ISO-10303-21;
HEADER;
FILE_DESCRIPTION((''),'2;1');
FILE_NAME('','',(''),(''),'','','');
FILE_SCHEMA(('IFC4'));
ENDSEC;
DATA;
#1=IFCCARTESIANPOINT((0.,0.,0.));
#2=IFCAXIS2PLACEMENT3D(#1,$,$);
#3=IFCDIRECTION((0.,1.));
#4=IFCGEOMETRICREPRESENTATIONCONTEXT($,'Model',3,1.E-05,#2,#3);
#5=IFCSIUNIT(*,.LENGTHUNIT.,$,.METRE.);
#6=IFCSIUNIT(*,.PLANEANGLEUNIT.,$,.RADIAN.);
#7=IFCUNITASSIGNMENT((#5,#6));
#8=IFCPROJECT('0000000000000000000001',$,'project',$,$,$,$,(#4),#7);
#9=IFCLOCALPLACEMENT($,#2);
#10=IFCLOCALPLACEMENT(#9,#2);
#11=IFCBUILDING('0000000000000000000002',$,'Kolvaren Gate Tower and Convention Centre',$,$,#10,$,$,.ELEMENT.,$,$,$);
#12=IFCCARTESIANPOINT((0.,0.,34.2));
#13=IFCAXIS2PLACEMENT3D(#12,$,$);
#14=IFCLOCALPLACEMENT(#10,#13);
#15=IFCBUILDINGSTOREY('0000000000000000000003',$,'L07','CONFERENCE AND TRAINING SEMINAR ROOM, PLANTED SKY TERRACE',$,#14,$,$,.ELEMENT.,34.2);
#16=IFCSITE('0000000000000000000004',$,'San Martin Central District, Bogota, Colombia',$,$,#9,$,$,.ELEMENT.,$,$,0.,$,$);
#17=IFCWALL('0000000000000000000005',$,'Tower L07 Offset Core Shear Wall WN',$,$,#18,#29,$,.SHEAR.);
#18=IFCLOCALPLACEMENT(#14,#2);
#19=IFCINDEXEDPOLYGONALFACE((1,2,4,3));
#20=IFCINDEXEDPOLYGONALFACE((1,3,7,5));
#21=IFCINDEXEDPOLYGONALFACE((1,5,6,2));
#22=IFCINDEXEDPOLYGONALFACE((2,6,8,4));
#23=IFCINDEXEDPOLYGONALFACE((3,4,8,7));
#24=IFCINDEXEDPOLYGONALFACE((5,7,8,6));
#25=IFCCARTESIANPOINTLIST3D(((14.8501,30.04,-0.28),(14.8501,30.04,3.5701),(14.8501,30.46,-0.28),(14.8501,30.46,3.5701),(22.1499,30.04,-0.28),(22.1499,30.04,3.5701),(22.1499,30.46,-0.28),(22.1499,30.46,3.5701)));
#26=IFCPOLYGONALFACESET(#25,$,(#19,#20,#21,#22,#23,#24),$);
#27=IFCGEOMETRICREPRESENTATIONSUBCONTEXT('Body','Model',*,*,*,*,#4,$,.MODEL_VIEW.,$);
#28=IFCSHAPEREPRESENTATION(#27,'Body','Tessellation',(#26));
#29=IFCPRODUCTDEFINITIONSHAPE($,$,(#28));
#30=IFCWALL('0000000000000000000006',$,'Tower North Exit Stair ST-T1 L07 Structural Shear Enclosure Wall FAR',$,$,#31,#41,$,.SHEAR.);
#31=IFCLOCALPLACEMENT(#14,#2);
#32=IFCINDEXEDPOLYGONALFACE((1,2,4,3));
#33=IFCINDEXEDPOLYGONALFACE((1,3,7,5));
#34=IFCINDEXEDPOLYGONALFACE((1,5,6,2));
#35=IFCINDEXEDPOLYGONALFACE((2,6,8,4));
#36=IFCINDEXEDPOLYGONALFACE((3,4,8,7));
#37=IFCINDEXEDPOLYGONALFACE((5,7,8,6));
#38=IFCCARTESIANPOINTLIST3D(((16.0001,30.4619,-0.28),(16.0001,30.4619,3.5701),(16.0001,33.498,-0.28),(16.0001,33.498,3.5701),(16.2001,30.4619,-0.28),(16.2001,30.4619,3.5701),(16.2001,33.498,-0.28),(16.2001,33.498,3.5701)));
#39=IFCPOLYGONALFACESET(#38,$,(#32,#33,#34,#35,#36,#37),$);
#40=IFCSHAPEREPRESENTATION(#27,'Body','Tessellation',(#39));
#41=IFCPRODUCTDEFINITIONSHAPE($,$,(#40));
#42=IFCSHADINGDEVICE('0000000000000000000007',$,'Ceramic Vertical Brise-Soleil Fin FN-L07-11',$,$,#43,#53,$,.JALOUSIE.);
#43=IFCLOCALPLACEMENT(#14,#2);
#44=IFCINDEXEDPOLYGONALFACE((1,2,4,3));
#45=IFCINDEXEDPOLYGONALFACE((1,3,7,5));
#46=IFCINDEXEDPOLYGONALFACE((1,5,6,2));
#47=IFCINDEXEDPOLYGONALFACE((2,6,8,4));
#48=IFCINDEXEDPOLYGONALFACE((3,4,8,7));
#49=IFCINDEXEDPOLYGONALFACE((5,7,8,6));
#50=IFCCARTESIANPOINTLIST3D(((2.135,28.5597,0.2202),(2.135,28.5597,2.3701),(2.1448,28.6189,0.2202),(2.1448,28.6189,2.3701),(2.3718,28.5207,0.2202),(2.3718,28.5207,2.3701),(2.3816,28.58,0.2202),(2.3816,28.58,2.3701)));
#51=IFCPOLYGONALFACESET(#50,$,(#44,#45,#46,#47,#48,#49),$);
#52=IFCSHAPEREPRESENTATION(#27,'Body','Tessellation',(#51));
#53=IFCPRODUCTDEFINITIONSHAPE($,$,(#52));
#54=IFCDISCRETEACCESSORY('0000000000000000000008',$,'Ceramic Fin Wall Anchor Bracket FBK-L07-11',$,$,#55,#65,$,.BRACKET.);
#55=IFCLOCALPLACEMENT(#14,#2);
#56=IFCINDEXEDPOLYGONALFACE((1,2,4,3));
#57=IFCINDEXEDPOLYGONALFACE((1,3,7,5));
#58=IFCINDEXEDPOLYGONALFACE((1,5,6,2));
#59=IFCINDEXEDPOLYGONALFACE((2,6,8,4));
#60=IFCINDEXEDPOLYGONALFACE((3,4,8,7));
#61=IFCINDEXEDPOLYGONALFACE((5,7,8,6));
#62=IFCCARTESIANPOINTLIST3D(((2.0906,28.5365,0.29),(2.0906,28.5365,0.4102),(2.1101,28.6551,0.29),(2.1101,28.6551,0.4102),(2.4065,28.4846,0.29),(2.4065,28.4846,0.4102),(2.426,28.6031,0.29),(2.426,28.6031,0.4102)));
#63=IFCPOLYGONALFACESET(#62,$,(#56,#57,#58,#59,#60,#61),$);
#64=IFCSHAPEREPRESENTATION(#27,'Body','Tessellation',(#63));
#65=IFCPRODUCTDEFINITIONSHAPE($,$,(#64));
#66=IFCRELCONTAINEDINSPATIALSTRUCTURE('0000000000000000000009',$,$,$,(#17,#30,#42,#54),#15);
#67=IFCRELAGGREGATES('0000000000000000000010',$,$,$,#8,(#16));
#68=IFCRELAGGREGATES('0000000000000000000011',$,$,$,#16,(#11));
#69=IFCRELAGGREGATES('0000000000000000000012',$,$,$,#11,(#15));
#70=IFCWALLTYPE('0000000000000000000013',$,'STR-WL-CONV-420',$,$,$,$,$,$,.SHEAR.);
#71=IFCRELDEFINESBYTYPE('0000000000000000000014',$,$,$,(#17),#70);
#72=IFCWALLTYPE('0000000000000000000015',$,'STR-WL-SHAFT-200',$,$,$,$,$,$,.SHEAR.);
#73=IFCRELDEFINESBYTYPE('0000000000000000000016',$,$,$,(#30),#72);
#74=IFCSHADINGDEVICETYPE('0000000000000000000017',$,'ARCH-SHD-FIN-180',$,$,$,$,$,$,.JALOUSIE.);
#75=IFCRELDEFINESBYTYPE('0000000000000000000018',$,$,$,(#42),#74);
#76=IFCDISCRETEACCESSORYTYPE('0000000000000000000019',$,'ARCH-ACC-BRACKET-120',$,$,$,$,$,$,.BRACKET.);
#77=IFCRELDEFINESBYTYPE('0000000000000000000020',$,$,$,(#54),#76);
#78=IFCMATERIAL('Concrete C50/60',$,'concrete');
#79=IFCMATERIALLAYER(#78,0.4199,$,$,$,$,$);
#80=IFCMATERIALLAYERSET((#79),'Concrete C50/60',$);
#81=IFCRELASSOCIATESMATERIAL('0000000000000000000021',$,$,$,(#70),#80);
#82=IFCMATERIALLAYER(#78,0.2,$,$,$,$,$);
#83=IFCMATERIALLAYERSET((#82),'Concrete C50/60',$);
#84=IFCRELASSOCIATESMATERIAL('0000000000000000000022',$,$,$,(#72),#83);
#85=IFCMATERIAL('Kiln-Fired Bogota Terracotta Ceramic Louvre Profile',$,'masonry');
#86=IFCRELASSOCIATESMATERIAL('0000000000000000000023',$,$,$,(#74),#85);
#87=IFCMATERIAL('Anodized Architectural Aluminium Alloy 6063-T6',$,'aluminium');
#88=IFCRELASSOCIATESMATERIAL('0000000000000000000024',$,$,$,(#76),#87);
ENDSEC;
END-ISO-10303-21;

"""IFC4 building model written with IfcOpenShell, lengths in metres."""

from ifc_helpers import new_model, si_unit, direction, frame, frame_2d, origin, origin_2d, place, context, subcontext, project, spatial, rectangle, extrude, material, layer, layer_set, type_object, element, save


model = new_model("IFC4")

# Units and contexts
model_context = context("Model", 3, precision=1e-05, world=origin(), true_north=direction((0.0, 1.0)))
body_context = subcontext(model_context, "Body", "Model", "MODEL_VIEW")
ifc_project = project(units=[si_unit("LENGTHUNIT", "METRE"), si_unit("PLANEANGLEUNIT", "RADIAN")], contexts=[model_context])

# Site, building, storey
site_placement = place(None, origin())
site = spatial("IfcSite", under=ifc_project, at=site_placement, Name="San Martin Central District, Bogota, Colombia", CompositionType="ELEMENT", RefElevation=0.0)
building_placement = place(site_placement, origin())
building = spatial("IfcBuilding", under=site, at=building_placement, Name="Kolvaren Gate Tower and Convention Centre", CompositionType="ELEMENT")
storey_placement = place(building_placement, frame((0.0, 0.0, 34.2)))
storey = spatial("IfcBuildingStorey", under=building, at=storey_placement, Name="L07", Description="CONFERENCE AND TRAINING SEMINAR ROOM, PLANTED SKY TERRACE", CompositionType="ELEMENT", Elevation=34.2)

# Shared definitions
ifc_material_1 = material(Name="Anodized Architectural Aluminium Alloy 6063-T6", Category="aluminium")

# Walls
ifc_material_2 = material(Name="Concrete C50/60", Category="concrete")
ifc_layer_1 = layer(ifc_material_2, 0.4199)
ifc_layer_set_1 = layer_set([ifc_layer_1], Name="Concrete C50/60")
wall_type_1 = type_object("IfcWallType", Name="STR-WL-CONV-420", PredefinedType="SHEAR", material=ifc_layer_set_1)
wall_1_placement = place(storey_placement, frame((14.8501, 30.25, -0.28), z_axis=(0.0, 0.0, 1.0), x_axis=(1.0, 0.0, 0.0)))
element("IfcWall", 1, at=wall_1_placement, inside=storey, type_object=wall_type_1, Name="Tower L07 Offset Core Shear Wall WN", PredefinedType="SHEAR", context=body_context, shape_type="SweptSolid", body=[
    extrude(rectangle(XDim=7.2998, YDim=0.4199, at=frame_2d((3.6499, 0.0))), origin(), (0.0, 0.0, 1.0), 3.8501),
])
ifc_layer_2 = layer(ifc_material_2, 0.2)
ifc_layer_set_2 = layer_set([ifc_layer_2], Name="Concrete C50/60")
wall_type_2 = type_object("IfcWallType", Name="STR-WL-SHAFT-200", PredefinedType="SHEAR", material=ifc_layer_set_2)
wall_2_placement = place(storey_placement, frame((16.1001, 30.4619, -0.28), z_axis=(0.0, 0.0, 1.0), x_axis=(0.0, 1.0, 0.0)))
element("IfcWall", 2, at=wall_2_placement, inside=storey, type_object=wall_type_2, Name="Tower North Exit Stair ST-T1 L07 Structural Shear Enclosure Wall FAR", PredefinedType="SHEAR", context=body_context, shape_type="SweptSolid", body=[
    extrude(rectangle(XDim=3.0361, YDim=0.2, at=frame_2d((1.5181, 0.0))), origin(), (0.0, 0.0, 1.0), 3.8501),
])

# Shading device
ifc_material_3 = material(Name="Kiln-Fired Bogota Terracotta Ceramic Louvre Profile", Category="masonry")
shading_device_type = type_object("IfcShadingDeviceType", Name="ARCH-SHD-FIN-180", PredefinedType="JALOUSIE", material=ifc_material_3)
shading_device_placement = place(storey_placement, frame((2.2583, 28.5698, 0.2202), z_axis=(0.0, 0.0, 1.0), x_axis=(0.162377, 0.986729, 0.0)))
element("IfcShadingDevice", 3, at=shading_device_placement, inside=storey, type_object=shading_device_type, Name="Ceramic Vertical Brise-Soleil Fin FN-L07-11", PredefinedType="JALOUSIE", context=body_context, shape_type="SweptSolid", body=[
    extrude(rectangle(XDim=0.0601, YDim=0.24, at=origin_2d()), origin(), (0.0, 0.0, 1.0), 2.1499),
])

# Discrete accessory
discrete_accessory_type = type_object("IfcDiscreteAccessoryType", Name="ARCH-ACC-BRACKET-120", PredefinedType="BRACKET", material=ifc_material_1)
discrete_accessory_placement = place(storey_placement, frame((2.2583, 28.5698, 0.29), z_axis=(0.0, 0.0, 1.0), x_axis=(0.162377, 0.986729, 0.0)))
element("IfcDiscreteAccessory", 4, at=discrete_accessory_placement, inside=storey, type_object=discrete_accessory_type, Name="Ceramic Fin Wall Anchor Bracket FBK-L07-11", PredefinedType="BRACKET", context=body_context, shape_type="SweptSolid", body=[
    extrude(rectangle(XDim=0.1201, YDim=0.3201, at=origin_2d()), origin(), (0.0, 0.0, 1.0), 0.1201),
])

save(model, "model.ifc")
